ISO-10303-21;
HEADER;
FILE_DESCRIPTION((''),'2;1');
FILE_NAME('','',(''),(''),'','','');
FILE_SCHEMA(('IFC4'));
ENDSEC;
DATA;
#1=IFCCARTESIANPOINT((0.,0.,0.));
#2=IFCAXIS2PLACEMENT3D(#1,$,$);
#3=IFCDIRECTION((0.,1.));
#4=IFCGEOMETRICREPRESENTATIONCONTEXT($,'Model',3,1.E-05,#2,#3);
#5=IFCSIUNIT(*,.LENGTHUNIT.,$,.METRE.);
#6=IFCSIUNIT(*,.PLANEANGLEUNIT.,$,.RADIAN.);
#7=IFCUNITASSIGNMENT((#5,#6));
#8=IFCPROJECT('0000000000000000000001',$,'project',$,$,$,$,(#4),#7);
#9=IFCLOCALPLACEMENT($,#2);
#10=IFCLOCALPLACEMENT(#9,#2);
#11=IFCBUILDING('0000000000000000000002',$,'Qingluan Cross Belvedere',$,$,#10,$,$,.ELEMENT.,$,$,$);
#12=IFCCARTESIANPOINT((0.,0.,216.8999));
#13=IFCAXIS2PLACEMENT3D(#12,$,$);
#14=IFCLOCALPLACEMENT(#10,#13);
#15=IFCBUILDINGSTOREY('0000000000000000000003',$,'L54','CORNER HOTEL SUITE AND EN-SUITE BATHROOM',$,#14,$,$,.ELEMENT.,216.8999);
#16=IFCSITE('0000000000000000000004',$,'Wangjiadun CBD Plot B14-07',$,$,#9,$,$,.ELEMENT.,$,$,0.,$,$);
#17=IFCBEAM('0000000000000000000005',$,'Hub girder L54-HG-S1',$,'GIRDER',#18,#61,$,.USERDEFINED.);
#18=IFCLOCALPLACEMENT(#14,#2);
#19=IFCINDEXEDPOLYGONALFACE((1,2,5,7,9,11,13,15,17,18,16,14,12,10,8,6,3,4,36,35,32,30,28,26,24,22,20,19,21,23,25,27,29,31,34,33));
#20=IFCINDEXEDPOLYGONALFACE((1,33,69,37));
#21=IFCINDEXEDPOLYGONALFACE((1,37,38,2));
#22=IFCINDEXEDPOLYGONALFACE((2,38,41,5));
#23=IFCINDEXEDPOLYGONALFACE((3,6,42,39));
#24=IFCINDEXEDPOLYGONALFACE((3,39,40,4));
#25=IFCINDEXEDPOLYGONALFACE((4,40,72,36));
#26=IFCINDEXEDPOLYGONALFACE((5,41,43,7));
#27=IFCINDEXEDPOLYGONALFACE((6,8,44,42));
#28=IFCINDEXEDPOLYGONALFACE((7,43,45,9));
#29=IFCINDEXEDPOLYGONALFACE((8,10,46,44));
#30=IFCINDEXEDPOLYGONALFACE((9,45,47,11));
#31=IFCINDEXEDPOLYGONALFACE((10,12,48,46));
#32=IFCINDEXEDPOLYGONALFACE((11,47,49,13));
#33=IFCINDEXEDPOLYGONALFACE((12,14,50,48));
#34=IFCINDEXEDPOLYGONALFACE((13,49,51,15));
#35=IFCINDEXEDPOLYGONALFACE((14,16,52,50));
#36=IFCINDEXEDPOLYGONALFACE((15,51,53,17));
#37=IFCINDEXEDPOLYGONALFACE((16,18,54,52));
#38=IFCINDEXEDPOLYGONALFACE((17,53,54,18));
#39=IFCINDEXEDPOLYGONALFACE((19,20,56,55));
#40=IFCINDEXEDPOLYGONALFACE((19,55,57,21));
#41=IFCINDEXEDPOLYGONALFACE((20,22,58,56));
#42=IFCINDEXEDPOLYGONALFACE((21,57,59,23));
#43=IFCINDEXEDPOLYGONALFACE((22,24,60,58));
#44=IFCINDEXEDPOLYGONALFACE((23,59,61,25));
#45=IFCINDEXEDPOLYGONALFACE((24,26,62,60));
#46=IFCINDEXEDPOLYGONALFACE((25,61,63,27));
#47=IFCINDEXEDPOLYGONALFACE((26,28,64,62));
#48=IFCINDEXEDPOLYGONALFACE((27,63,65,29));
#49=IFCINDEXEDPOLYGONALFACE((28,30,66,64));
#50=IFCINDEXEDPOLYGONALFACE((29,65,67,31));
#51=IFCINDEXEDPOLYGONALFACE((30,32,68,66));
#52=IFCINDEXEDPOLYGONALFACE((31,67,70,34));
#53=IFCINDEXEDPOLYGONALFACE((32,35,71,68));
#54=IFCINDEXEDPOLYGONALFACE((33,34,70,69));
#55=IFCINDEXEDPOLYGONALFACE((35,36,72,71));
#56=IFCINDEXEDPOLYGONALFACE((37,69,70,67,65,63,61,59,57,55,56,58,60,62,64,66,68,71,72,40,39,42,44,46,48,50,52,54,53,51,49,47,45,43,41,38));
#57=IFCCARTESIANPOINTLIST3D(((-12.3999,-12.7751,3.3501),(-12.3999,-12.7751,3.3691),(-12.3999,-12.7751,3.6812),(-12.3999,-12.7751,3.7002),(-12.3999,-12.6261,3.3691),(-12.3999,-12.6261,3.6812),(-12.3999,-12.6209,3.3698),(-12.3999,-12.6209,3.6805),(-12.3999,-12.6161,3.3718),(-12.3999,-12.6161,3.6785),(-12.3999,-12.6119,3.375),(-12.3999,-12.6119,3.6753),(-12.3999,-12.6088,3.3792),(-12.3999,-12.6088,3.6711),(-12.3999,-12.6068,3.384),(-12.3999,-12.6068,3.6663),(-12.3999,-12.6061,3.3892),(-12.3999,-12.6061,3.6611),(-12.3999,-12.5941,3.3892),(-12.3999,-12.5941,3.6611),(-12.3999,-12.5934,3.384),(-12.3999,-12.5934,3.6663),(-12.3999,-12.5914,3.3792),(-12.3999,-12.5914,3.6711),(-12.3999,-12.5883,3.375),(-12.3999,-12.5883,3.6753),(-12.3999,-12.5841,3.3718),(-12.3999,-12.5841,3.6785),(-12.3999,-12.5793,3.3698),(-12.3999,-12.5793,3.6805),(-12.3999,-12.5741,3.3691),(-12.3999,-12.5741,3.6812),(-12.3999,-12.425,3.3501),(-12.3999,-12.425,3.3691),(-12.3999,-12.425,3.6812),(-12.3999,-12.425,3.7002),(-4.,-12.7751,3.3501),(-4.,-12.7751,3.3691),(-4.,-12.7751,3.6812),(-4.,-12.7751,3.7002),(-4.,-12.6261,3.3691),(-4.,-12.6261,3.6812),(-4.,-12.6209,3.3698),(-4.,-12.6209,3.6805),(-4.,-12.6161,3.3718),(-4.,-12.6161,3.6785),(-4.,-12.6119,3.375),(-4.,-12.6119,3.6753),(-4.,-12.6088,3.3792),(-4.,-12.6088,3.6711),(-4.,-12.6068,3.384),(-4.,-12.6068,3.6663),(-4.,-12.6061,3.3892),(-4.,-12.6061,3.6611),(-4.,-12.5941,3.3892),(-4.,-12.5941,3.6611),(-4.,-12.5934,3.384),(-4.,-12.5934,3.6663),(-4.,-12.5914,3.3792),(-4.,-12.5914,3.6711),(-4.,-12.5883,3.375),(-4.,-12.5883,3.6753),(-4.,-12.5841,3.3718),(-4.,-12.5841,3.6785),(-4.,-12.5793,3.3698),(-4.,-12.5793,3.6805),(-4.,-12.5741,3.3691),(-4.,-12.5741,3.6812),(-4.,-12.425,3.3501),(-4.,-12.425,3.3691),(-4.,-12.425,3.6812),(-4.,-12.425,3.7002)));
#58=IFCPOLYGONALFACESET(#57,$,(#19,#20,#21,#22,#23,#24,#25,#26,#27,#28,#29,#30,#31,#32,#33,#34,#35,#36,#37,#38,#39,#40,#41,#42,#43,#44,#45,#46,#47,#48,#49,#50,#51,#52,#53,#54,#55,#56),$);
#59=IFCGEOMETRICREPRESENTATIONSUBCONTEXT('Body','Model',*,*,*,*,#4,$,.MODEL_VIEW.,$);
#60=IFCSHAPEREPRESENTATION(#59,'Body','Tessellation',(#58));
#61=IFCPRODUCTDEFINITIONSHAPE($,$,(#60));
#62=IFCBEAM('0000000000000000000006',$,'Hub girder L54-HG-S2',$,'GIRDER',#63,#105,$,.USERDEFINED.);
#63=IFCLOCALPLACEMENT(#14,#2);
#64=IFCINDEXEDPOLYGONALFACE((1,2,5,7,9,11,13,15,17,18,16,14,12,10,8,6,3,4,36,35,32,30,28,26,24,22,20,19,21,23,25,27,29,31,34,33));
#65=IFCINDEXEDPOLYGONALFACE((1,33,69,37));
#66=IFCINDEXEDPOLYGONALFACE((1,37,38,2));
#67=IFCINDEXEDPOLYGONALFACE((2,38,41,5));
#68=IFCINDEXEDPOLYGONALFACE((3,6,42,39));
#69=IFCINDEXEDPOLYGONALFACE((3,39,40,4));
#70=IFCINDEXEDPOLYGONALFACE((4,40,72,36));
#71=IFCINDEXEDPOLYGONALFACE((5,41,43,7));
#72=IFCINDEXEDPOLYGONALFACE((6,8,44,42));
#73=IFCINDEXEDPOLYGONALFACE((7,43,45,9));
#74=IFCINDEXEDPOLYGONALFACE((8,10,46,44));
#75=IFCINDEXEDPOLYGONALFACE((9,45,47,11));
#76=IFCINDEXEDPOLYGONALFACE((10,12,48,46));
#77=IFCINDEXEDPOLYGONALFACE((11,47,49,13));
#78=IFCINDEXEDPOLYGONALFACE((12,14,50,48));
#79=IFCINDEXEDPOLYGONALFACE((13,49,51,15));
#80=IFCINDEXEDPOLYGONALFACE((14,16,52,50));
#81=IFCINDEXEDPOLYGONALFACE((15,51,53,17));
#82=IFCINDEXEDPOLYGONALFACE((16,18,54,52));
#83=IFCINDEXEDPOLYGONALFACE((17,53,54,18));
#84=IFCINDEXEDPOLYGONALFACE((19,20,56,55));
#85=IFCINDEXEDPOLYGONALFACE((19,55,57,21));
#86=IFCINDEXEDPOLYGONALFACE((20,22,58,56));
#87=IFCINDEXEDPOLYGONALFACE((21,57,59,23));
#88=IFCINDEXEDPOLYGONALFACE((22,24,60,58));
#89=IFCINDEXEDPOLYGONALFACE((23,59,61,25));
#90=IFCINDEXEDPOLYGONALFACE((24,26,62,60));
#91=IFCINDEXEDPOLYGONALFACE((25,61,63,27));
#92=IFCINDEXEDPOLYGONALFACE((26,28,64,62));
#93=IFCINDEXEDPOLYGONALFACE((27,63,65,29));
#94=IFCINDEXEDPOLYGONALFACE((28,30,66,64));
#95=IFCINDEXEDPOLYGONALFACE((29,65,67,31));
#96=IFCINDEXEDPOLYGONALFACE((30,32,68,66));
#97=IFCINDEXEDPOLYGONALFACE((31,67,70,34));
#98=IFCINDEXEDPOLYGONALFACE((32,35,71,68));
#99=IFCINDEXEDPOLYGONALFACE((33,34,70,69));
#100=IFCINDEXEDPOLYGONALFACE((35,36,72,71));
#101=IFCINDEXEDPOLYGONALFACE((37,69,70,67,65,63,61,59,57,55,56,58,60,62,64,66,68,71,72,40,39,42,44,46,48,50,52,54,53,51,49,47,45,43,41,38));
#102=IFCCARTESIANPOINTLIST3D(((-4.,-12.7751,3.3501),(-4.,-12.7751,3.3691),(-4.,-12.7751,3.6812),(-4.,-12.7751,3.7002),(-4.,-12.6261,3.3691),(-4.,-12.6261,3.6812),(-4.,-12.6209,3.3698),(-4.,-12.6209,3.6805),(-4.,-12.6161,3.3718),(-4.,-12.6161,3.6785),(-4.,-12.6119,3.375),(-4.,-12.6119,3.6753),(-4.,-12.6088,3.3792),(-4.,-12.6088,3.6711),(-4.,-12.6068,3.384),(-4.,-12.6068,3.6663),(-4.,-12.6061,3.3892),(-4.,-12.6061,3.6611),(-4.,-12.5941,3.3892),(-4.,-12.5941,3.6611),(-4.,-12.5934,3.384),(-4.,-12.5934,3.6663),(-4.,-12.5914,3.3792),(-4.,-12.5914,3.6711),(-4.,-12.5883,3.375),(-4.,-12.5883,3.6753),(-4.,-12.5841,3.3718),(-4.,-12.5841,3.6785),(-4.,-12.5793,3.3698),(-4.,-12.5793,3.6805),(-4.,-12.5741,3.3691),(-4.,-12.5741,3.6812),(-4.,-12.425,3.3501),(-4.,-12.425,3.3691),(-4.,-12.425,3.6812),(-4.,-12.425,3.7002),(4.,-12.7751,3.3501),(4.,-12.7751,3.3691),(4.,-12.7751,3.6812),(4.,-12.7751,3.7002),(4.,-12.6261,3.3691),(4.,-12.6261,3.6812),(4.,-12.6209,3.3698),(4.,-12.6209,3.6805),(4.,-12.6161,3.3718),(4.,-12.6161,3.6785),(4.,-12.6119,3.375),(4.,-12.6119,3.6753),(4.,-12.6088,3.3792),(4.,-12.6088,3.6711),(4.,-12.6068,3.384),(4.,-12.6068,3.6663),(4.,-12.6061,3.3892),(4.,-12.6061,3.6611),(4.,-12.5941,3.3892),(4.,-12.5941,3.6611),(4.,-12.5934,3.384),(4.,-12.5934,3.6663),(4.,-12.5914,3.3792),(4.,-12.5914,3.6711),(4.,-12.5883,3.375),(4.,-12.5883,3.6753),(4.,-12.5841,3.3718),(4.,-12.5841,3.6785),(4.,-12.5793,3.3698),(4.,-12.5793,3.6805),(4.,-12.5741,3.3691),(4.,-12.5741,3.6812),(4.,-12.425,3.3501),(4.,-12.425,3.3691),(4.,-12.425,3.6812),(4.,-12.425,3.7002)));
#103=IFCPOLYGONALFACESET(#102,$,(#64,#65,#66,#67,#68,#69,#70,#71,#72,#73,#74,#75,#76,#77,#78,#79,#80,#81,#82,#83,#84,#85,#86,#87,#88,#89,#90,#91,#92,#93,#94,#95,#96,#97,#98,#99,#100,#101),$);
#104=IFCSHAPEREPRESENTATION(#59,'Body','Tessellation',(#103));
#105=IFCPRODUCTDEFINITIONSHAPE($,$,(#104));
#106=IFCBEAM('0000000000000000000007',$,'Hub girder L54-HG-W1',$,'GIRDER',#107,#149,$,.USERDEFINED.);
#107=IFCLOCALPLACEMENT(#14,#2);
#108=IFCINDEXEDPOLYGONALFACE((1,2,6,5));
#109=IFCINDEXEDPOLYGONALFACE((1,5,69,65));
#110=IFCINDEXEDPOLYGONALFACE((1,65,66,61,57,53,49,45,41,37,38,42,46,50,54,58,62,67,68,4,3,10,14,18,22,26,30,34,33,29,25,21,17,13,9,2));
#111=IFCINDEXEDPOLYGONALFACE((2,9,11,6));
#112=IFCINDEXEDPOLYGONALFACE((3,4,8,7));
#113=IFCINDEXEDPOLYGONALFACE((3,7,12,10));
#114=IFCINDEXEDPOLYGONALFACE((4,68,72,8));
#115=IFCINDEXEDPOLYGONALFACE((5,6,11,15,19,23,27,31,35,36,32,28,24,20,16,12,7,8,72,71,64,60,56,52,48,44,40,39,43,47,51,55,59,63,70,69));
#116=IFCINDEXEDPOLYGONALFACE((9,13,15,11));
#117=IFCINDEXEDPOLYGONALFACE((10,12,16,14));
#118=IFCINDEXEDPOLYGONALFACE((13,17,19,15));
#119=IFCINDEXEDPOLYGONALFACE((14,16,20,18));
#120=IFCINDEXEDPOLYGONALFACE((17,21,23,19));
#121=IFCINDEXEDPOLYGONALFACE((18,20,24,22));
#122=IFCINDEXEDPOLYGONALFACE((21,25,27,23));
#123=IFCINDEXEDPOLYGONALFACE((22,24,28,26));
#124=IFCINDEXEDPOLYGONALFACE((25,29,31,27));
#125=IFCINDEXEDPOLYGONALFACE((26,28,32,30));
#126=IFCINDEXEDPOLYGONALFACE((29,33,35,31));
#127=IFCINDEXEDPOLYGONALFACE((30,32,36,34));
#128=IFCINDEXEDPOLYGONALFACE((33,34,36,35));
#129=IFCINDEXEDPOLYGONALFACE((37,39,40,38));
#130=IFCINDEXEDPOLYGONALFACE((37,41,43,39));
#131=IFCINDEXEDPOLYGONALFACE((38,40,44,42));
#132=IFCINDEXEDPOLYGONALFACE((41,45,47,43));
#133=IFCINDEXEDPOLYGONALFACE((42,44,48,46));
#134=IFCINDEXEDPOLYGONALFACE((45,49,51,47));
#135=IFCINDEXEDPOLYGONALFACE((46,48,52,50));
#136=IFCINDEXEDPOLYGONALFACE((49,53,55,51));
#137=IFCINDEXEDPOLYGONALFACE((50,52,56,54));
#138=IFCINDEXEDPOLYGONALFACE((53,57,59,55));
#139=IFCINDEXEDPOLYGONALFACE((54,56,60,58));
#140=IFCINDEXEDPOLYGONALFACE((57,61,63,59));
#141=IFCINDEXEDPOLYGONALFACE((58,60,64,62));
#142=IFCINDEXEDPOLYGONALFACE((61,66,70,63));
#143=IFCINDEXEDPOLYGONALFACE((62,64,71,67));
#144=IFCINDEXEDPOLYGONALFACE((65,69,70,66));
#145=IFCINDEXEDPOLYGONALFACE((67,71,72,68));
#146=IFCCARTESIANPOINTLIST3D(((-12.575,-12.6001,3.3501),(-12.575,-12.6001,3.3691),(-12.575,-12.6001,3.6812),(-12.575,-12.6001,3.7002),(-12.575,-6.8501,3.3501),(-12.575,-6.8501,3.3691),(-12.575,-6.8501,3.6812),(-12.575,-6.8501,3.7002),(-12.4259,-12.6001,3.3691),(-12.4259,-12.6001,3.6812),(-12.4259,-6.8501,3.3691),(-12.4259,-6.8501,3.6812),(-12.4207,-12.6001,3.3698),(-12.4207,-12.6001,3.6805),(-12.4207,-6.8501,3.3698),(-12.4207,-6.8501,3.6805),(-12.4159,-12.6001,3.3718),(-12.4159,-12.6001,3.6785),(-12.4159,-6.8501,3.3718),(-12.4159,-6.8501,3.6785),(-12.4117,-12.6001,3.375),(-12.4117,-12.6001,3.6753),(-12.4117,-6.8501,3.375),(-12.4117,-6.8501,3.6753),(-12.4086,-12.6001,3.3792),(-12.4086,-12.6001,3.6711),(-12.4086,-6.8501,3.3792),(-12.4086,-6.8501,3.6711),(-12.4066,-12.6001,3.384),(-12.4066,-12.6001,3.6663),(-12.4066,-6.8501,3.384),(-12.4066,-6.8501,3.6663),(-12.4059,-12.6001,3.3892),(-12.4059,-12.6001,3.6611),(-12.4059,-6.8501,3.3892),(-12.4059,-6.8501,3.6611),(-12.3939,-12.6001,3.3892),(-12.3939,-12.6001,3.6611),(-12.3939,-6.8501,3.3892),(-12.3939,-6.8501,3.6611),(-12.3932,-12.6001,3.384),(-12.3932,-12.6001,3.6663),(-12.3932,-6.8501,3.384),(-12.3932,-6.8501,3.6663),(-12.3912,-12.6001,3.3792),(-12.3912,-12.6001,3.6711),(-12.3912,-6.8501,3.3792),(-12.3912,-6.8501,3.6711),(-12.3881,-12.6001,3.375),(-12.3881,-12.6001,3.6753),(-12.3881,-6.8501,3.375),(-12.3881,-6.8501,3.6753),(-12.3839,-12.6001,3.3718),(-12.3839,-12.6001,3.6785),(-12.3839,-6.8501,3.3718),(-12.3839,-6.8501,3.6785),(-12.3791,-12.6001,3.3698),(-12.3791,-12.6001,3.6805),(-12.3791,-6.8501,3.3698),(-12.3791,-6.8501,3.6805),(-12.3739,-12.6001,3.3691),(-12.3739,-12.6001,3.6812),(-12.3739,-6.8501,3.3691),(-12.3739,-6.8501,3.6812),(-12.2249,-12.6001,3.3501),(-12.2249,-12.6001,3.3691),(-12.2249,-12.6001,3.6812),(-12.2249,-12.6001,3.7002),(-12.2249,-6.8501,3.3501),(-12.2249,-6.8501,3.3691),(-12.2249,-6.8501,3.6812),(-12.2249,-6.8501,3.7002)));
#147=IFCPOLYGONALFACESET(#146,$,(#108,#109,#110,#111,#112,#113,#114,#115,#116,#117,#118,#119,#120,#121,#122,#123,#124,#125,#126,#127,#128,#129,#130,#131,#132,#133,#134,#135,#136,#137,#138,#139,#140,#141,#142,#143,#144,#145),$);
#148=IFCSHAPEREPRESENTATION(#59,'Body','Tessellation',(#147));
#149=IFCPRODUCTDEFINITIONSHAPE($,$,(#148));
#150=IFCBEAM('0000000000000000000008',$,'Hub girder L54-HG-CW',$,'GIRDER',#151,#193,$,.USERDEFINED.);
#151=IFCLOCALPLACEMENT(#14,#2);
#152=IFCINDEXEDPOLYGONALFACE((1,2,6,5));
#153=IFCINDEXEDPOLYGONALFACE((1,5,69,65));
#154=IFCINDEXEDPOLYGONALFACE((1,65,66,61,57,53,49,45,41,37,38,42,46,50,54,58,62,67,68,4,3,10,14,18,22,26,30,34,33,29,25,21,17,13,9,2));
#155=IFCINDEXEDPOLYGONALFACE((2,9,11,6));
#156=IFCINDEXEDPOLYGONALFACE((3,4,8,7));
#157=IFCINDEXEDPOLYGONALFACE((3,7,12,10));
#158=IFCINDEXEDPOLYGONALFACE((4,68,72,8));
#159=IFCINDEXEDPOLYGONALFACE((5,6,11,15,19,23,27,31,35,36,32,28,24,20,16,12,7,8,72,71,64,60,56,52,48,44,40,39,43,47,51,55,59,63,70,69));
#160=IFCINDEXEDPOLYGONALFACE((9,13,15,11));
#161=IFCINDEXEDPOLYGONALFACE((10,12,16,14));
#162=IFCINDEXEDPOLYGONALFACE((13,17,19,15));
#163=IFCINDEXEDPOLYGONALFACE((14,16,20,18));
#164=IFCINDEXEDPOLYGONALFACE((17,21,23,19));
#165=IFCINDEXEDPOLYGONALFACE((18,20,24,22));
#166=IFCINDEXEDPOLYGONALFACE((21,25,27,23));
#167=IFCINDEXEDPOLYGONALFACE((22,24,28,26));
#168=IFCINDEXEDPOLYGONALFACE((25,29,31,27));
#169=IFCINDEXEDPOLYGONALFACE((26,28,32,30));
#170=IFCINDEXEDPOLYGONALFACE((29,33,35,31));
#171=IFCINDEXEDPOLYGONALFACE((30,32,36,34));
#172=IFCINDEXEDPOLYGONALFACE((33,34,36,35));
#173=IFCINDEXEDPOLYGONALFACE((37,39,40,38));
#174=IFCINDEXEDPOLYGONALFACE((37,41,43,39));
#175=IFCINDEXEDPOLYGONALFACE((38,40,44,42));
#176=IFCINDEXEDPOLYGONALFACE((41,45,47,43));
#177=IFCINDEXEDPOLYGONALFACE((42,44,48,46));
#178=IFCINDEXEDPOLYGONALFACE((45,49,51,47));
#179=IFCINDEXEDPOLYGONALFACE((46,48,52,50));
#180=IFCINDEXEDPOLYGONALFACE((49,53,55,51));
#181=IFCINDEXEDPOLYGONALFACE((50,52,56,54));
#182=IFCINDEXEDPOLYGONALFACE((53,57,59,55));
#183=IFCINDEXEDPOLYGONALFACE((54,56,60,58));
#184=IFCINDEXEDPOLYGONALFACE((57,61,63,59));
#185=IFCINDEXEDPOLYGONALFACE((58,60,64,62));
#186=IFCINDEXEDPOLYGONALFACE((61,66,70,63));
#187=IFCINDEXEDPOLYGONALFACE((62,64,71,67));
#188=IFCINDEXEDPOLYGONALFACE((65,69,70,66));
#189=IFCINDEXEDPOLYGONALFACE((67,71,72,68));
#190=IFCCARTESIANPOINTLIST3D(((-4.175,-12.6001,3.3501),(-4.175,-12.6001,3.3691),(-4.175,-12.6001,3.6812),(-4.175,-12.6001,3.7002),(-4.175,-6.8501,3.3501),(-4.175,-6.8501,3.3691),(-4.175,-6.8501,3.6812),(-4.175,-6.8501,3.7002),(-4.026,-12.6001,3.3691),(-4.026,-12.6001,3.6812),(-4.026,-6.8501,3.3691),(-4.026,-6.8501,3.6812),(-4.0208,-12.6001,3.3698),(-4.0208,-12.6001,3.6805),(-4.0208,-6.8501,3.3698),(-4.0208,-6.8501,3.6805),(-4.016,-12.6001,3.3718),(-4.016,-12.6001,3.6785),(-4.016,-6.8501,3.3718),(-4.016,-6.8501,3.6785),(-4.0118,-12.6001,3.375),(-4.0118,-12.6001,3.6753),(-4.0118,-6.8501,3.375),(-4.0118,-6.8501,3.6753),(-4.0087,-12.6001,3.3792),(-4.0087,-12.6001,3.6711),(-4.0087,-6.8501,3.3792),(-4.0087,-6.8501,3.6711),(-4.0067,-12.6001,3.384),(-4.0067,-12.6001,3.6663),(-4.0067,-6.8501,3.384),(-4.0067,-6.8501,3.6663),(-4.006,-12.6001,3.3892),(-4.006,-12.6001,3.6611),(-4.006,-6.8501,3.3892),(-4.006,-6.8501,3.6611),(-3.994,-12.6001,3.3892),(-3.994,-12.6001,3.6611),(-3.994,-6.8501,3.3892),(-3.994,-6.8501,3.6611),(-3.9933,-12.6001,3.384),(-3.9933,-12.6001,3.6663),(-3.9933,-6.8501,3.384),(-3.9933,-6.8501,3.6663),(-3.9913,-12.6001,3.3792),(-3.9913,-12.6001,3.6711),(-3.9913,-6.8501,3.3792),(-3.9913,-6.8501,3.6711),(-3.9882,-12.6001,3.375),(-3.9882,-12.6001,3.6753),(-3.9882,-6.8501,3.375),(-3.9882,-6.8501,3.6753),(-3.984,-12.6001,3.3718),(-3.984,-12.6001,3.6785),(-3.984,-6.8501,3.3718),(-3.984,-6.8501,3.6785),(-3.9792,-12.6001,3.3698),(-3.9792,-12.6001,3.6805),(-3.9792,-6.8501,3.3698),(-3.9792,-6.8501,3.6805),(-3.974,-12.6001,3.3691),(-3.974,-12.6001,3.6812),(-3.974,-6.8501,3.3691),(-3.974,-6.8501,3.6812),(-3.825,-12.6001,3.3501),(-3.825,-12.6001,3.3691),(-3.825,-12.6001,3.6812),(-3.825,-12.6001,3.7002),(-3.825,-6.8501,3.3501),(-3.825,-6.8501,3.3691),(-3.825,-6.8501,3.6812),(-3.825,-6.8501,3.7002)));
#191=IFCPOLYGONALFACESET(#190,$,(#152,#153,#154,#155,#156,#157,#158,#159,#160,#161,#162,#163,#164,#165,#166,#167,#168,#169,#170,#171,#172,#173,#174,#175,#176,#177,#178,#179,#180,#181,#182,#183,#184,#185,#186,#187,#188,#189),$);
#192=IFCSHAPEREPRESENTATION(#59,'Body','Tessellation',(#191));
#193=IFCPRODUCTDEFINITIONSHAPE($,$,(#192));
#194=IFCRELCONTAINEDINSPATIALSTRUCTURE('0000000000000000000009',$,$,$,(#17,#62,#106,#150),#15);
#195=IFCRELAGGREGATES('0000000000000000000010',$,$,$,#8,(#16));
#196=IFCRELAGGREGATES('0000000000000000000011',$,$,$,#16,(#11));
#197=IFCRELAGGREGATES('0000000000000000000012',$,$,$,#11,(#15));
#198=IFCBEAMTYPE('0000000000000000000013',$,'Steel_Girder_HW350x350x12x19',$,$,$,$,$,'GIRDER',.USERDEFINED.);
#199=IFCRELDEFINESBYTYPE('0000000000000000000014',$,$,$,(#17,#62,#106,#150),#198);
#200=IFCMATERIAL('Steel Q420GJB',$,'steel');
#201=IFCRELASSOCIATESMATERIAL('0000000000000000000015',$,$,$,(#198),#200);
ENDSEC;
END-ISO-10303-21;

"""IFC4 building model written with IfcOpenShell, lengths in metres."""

from ifc_helpers import new_model, si_unit, direction, frame, origin, origin_2d, place, context, subcontext, project, spatial, i_section, extrude, material, material_profile, profile_set, type_object, element, save


model = new_model("IFC4")

# Units and contexts
model_context = context("Model", 3, precision=1e-05, world=origin(), true_north=direction((0.0, 1.0)))
body_context = subcontext(model_context, "Body", "Model", "MODEL_VIEW")
ifc_project = project(units=[si_unit("LENGTHUNIT", "METRE"), si_unit("PLANEANGLEUNIT", "RADIAN")], contexts=[model_context])

# Site, building, storey
site_placement = place(None, origin())
site = spatial("IfcSite", under=ifc_project, at=site_placement, Name="Wangjiadun CBD Plot B14-07", CompositionType="ELEMENT", RefElevation=0.0)
building_placement = place(site_placement, origin())
building = spatial("IfcBuilding", under=site, at=building_placement, Name="Qingluan Cross Belvedere", CompositionType="ELEMENT")
storey_placement = place(building_placement, frame((0.0, 0.0, 216.8999)))
storey = spatial("IfcBuildingStorey", under=building, at=storey_placement, Name="L54", Description="CORNER HOTEL SUITE AND EN-SUITE BATHROOM", CompositionType="ELEMENT", Elevation=216.8999)

# Beams
ifc_material_1 = material(Name="Steel Q420GJB", Category="steel")
ifc_material_profile_1 = material_profile(ifc_material_1, i_section(OverallWidth=0.3501, OverallDepth=0.3501, WebThickness=0.012, FlangeThickness=0.019, FilletRadius=0.02, at=origin_2d()), Name="HW350x350x12x19")
ifc_profile_set_1 = profile_set([ifc_material_profile_1], Name="Steel Q420GJB")
beam_type_1 = type_object("IfcBeamType", Name="Steel_Girder_HW350x350x12x19", ElementType="GIRDER", PredefinedType="USERDEFINED", material=ifc_profile_set_1)
beam_1_placement = place(storey_placement, frame((-12.3999, -12.6001, 3.5251), z_axis=(1.0, 0.0, 0.0), x_axis=(0.0, 1.0, 0.0)))
element("IfcBeam", 1, at=beam_1_placement, inside=storey, type_object=beam_type_1, Name="Hub girder L54-HG-S1", ObjectType="GIRDER", PredefinedType="USERDEFINED", context=body_context, shape_type="SweptSolid", body=[
    extrude(i_section(OverallWidth=0.3501, OverallDepth=0.3501, WebThickness=0.012, FlangeThickness=0.019, FilletRadius=0.02, at=origin_2d()), origin(), (0.0, 0.0, 1.0), 8.3999),
])
beam_2_placement = place(storey_placement, frame((-4.0, -12.6001, 3.5251), z_axis=(1.0, 0.0, 0.0), x_axis=(0.0, 1.0, 0.0)))
element("IfcBeam", 2, at=beam_2_placement, inside=storey, type_object=beam_type_1, Name="Hub girder L54-HG-S2", ObjectType="GIRDER", PredefinedType="USERDEFINED", context=body_context, shape_type="SweptSolid", body=[
    extrude(i_section(OverallWidth=0.3501, OverallDepth=0.3501, WebThickness=0.012, FlangeThickness=0.019, FilletRadius=0.02, at=origin_2d()), origin(), (0.0, 0.0, 1.0), 8.0),
])
for number, where, z_axis, x_axis, name in (
    (3, (-12.3999, -12.6001, 3.5251), (0.0, 1.0, 0.0), (-1.0, 0.0, 0.0), "Hub girder L54-HG-W1"),
    (4, (-4.0, -12.6001, 3.5251), (0.0, 1.0, 0.0), (-1.0, 0.0, 0.0), "Hub girder L54-HG-CW"),
):
    element("IfcBeam", number, at=place(storey_placement, frame(where, z_axis=z_axis, x_axis=x_axis)), inside=storey, type_object=beam_type_1, Name=name, ObjectType="GIRDER", PredefinedType="USERDEFINED", context=body_context, shape_type="SweptSolid", body=[
        extrude(i_section(OverallWidth=0.3501, OverallDepth=0.3501, WebThickness=0.012, FlangeThickness=0.019, FilletRadius=0.02, at=origin_2d()), origin(), (0.0, 0.0, 1.0), 5.75),
    ])

save(model, "model.ifc")
